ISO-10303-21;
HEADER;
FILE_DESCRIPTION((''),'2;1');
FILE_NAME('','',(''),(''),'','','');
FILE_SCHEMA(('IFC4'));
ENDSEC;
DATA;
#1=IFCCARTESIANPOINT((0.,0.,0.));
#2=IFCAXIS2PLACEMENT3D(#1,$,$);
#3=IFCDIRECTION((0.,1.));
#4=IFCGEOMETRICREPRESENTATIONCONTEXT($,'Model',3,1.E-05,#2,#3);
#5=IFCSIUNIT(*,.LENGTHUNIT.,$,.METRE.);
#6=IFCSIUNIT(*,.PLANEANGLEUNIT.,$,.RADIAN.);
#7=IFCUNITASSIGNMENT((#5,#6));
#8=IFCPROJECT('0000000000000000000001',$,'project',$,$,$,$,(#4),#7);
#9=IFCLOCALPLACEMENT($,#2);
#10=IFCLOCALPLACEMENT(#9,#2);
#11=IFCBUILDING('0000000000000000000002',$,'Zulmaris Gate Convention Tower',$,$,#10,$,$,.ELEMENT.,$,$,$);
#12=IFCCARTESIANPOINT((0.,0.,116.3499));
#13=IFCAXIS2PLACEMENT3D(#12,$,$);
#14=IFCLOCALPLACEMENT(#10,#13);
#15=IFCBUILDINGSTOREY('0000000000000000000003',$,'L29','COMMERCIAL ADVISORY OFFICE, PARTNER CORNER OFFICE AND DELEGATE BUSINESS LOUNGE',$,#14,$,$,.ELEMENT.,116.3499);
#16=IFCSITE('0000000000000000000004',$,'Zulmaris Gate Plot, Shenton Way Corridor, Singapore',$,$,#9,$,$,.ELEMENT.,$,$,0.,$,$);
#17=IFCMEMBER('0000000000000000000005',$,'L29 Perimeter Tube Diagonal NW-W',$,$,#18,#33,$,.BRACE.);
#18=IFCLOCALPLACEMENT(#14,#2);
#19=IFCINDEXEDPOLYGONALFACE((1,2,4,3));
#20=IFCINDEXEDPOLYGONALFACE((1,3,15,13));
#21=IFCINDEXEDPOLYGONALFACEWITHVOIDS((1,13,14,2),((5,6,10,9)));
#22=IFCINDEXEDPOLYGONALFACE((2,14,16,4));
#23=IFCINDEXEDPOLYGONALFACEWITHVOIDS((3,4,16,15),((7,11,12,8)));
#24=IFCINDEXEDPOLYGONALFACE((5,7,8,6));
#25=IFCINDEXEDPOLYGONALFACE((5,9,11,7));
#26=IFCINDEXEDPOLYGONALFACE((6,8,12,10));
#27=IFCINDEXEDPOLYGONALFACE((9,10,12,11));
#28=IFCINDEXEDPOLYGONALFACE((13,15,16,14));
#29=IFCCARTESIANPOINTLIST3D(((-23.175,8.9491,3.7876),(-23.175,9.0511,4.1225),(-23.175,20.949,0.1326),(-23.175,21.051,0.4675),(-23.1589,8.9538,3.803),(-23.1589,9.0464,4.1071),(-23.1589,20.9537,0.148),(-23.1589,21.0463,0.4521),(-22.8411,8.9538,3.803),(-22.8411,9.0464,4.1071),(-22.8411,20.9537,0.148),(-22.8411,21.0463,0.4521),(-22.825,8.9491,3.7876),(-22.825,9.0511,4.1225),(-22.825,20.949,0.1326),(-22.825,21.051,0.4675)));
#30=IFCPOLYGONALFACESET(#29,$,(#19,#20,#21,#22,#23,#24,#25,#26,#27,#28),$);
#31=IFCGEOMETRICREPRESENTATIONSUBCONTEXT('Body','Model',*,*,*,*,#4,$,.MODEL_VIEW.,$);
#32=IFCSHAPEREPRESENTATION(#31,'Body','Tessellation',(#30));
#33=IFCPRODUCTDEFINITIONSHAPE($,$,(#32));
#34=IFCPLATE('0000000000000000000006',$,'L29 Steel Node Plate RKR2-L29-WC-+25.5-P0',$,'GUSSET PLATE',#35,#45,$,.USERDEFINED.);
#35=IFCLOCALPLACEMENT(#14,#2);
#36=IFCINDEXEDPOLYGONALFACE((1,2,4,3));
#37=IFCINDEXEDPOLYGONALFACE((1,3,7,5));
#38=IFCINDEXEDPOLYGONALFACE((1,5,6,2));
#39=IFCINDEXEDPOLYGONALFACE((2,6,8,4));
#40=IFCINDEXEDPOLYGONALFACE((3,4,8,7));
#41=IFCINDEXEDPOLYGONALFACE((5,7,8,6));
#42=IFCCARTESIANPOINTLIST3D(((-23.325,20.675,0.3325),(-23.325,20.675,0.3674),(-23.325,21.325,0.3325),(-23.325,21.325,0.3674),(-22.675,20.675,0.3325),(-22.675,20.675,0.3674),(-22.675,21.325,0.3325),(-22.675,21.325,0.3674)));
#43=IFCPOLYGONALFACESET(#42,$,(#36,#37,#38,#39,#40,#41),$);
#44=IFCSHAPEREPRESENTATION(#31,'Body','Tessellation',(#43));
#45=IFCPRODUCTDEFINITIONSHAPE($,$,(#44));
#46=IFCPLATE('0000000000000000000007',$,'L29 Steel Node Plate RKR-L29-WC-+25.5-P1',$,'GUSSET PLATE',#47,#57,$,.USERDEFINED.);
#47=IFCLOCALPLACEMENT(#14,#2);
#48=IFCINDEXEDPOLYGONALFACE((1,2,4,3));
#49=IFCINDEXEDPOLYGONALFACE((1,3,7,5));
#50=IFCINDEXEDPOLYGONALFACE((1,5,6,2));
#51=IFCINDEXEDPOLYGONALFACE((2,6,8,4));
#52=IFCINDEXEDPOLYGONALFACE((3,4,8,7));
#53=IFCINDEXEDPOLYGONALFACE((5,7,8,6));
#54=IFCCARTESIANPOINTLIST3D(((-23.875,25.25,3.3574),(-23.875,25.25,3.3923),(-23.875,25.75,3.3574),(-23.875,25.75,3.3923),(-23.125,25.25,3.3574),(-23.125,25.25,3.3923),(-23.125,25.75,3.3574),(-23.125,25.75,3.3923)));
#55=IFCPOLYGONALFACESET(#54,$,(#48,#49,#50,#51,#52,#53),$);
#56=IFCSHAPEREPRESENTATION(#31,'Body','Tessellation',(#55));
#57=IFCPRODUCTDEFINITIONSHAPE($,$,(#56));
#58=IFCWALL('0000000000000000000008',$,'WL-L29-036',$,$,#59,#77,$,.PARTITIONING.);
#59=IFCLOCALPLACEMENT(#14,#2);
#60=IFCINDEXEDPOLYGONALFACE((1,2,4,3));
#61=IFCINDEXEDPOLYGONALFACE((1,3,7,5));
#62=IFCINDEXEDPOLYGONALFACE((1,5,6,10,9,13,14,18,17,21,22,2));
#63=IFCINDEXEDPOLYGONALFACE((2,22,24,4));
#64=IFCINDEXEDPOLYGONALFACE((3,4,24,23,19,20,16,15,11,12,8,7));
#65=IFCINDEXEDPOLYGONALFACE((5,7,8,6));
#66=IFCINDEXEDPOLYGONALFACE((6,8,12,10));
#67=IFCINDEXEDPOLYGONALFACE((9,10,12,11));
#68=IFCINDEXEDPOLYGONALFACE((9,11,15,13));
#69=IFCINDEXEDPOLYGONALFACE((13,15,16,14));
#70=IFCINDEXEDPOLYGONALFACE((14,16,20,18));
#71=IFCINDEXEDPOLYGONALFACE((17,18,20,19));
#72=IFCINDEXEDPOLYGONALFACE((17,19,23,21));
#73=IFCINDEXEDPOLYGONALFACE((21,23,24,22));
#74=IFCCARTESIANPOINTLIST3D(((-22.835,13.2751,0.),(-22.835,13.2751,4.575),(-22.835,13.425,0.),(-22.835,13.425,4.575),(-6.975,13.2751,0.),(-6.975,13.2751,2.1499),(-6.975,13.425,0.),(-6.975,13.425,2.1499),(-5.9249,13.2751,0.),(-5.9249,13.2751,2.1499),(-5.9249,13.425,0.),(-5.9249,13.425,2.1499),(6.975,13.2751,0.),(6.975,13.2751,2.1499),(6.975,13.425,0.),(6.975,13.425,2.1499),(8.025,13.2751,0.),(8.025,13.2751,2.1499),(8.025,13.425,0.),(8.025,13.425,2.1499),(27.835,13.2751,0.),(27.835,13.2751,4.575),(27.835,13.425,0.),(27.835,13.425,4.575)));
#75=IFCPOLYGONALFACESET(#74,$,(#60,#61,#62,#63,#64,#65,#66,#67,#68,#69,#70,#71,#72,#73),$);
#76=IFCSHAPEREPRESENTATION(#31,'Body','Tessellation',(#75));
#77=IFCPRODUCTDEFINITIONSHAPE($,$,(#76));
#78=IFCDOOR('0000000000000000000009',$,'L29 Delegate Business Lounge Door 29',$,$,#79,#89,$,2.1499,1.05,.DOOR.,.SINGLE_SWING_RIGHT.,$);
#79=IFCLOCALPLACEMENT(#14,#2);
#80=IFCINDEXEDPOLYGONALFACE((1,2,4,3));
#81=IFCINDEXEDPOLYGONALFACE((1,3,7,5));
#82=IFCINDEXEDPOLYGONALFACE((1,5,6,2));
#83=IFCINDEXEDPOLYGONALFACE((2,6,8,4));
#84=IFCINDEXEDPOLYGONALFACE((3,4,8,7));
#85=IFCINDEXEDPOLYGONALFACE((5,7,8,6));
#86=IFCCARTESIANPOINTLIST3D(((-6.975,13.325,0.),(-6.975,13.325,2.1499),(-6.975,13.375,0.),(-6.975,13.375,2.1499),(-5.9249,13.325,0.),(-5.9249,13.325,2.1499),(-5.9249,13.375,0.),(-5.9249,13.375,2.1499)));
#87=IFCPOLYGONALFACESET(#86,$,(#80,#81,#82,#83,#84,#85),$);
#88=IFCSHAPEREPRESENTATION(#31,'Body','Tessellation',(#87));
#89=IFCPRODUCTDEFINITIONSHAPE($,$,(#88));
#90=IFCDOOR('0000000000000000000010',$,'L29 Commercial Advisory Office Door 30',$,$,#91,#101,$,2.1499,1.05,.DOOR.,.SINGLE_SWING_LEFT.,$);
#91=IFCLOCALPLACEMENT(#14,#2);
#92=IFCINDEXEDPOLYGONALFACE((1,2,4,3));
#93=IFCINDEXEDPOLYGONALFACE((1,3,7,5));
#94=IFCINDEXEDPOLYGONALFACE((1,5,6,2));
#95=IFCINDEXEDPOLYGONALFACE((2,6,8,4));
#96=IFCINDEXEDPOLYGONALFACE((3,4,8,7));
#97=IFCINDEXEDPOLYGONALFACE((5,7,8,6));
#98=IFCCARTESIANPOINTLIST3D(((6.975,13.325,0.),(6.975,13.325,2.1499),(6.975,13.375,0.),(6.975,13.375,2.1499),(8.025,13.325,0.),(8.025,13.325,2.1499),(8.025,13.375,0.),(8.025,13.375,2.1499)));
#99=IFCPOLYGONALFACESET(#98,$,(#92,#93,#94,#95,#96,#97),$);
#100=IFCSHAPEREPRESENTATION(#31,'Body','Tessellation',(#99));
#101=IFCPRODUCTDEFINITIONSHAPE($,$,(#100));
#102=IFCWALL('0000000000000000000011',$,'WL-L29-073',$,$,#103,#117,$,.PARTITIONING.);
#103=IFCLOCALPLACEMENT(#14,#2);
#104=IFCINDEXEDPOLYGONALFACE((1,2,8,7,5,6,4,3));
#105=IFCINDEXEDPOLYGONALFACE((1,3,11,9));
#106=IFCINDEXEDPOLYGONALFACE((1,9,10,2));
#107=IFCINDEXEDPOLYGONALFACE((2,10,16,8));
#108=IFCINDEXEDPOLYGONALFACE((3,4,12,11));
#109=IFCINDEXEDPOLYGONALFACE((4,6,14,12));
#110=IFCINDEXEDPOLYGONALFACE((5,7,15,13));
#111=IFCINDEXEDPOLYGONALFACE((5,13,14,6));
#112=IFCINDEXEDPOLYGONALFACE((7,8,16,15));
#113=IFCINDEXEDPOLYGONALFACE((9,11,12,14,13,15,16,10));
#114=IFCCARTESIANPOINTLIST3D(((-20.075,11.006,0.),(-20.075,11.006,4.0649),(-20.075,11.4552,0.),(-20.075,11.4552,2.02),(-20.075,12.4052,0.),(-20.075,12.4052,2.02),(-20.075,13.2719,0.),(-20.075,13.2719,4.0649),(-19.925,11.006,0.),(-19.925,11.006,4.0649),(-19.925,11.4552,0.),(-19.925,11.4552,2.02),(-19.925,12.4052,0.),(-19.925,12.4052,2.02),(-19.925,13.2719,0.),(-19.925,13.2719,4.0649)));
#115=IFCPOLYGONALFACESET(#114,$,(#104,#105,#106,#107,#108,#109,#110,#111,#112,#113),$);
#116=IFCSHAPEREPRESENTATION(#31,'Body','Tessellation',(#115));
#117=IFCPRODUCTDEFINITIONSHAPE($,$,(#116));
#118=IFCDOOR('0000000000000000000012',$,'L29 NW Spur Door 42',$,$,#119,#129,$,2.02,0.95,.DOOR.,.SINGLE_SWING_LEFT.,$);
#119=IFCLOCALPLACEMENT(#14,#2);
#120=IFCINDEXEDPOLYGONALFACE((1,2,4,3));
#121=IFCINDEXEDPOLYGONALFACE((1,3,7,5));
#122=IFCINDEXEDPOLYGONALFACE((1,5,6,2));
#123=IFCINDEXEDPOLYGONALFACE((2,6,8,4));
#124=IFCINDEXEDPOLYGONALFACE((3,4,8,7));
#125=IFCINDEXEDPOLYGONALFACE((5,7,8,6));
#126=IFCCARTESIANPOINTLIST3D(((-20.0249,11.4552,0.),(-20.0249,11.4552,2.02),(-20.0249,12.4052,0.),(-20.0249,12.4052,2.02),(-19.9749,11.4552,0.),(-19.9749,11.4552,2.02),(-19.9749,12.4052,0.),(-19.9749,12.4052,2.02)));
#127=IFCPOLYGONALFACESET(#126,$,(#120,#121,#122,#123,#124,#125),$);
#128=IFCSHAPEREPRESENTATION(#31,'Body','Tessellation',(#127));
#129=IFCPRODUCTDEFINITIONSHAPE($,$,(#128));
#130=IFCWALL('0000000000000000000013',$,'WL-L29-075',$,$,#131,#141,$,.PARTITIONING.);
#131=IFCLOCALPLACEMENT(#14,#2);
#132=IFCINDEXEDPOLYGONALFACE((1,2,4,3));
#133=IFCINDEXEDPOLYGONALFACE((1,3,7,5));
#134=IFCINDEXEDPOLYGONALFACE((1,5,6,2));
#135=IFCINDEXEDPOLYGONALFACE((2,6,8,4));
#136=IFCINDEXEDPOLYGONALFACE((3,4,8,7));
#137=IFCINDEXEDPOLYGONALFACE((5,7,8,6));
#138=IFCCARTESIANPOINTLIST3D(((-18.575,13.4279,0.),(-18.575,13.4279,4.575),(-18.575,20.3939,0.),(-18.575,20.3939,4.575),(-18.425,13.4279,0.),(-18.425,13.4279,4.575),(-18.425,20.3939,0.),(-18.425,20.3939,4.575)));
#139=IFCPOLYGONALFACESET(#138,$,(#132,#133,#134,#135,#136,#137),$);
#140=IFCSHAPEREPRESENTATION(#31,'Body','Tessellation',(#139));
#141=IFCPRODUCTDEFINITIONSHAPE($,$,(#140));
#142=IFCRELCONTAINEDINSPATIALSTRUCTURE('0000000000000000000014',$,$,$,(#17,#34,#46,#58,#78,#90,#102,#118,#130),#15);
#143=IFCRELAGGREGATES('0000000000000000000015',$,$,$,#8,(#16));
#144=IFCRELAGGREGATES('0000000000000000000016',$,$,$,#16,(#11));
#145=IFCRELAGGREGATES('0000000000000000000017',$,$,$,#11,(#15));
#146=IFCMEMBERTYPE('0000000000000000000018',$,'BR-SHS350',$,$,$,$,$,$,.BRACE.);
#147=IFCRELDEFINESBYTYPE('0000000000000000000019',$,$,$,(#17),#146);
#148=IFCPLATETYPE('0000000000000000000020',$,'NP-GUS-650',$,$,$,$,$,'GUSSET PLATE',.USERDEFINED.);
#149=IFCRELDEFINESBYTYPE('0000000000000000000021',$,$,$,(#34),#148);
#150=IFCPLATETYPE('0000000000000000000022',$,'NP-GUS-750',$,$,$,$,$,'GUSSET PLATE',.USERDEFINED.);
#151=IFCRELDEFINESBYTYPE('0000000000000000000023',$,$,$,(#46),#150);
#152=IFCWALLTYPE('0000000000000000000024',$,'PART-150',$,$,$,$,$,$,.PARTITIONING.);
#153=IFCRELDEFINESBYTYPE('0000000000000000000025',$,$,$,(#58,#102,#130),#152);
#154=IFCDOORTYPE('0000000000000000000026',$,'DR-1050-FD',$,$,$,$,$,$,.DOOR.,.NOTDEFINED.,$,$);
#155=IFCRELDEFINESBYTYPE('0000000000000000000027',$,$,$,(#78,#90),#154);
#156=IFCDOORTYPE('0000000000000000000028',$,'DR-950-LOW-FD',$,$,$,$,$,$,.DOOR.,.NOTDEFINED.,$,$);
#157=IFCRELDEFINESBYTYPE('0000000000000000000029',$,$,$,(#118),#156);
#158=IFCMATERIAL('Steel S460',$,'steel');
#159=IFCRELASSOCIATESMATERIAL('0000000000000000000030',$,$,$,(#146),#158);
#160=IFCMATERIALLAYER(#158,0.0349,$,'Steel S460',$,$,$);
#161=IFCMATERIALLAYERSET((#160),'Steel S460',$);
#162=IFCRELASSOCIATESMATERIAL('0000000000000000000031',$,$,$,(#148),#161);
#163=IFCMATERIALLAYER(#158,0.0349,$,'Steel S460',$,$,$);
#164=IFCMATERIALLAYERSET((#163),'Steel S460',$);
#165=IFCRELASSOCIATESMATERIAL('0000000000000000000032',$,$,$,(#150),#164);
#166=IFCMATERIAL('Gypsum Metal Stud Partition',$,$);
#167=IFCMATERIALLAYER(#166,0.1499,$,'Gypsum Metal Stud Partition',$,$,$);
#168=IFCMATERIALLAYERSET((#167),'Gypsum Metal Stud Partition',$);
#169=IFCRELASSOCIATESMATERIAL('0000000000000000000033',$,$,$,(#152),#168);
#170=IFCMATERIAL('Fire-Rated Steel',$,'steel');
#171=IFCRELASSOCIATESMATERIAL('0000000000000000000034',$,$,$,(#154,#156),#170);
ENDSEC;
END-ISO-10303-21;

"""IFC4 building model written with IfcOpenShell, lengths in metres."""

from ifc_helpers import new_model, si_unit, direction, frame, frame_2d, origin, origin_2d, place, context, subcontext, project, spatial, rectangle, hollow_rectangle, extrude, material, layer, layer_set, material_profile, profile_set, type_object, element, fill, save


model = new_model("IFC4")

# Units and contexts
model_context = context("Model", 3, precision=1e-05, world=origin(), true_north=direction((0.0, 1.0)))
body_context = subcontext(model_context, "Body", "Model", "MODEL_VIEW")
ifc_project = project(units=[si_unit("LENGTHUNIT", "METRE"), si_unit("PLANEANGLEUNIT", "RADIAN")], contexts=[model_context])

# Site, building, storey
site_placement = place(None, origin())
site = spatial("IfcSite", under=ifc_project, at=site_placement, Name="Zulmaris Gate Plot, Shenton Way Corridor, Singapore", CompositionType="ELEMENT", RefElevation=0.0)
building_placement = place(site_placement, origin())
building = spatial("IfcBuilding", under=site, at=building_placement, Name="Zulmaris Gate Convention Tower", CompositionType="ELEMENT")
storey_placement = place(building_placement, frame((0.0, 0.0, 116.3499)))
storey = spatial("IfcBuildingStorey", under=building, at=storey_placement, Name="L29", Description="COMMERCIAL ADVISORY OFFICE, PARTNER CORNER OFFICE AND DELEGATE BUSINESS LOUNGE", CompositionType="ELEMENT", Elevation=116.3499)

# Member
ifc_material_1 = material(Name="Steel S460", Category="steel")
ifc_material_profile_1 = material_profile(ifc_material_1, hollow_rectangle(XDim=0.3501, YDim=0.3501, WallThickness=0.0161, at=origin_2d()), Name="SHS 350x350x16")
ifc_profile_set_1 = profile_set([ifc_material_profile_1], Name="Steel S460")
member_type_1 = type_object("IfcMemberType", Name="BR-SHS350", PredefinedType="BRACE", material=ifc_profile_set_1)
member_1_placement = place(storey_placement, frame((-23.0, 21.0, 0.3), z_axis=(0.0, -0.95661, 0.29137), x_axis=(1.0, 0.0, 0.0)))
element("IfcMember", 1, at=member_1_placement, inside=storey, type_object=member_type_1, Name="L29 Perimeter Tube Diagonal NW-W", PredefinedType="BRACE", context=body_context, shape_type="SweptSolid", body=[
    extrude(hollow_rectangle(XDim=0.3501, YDim=0.3501, WallThickness=0.0161, at=origin_2d()), origin(), (0.0, 0.0, 1.0), 12.5442),
])

# Plates
ifc_layer_1 = layer(ifc_material_1, 0.0349, Name="Steel S460")
ifc_layer_set_1 = layer_set([ifc_layer_1], Name="Steel S460")
plate_type_1 = type_object("IfcPlateType", Name="NP-GUS-650", ElementType="GUSSET PLATE", PredefinedType="USERDEFINED", material=ifc_layer_set_1)
plate_1_placement = place(storey_placement, frame((-23.0, 21.0, 0.3325), z_axis=(0.0, 0.0, 1.0), x_axis=(1.0, 0.0, 0.0)))
element("IfcPlate", 2, at=plate_1_placement, inside=storey, type_object=plate_type_1, Name="L29 Steel Node Plate RKR2-L29-WC-+25.5-P0", ObjectType="GUSSET PLATE", PredefinedType="USERDEFINED", context=body_context, shape_type="SweptSolid", body=[
    extrude(rectangle(XDim=0.6499, YDim=0.6499, at=origin_2d()), origin(), (0.0, 0.0, 1.0), 0.0349),
])
ifc_layer_2 = layer(ifc_material_1, 0.0349, Name="Steel S460")
ifc_layer_set_2 = layer_set([ifc_layer_2], Name="Steel S460")
plate_type_2 = type_object("IfcPlateType", Name="NP-GUS-750", ElementType="GUSSET PLATE", PredefinedType="USERDEFINED", material=ifc_layer_set_2)
plate_2_placement = place(storey_placement, frame((-23.5, 25.5, 3.3574), z_axis=(0.0, 0.0, 1.0), x_axis=(1.0, 0.0, 0.0)))
element("IfcPlate", 3, at=plate_2_placement, inside=storey, type_object=plate_type_2, Name="L29 Steel Node Plate RKR-L29-WC-+25.5-P1", ObjectType="GUSSET PLATE", PredefinedType="USERDEFINED", context=body_context, shape_type="SweptSolid", body=[
    extrude(rectangle(XDim=0.75, YDim=0.5, at=origin_2d()), origin(), (0.0, 0.0, 1.0), 0.0349),
])

# Wall, openings, doors
ifc_material_2 = material(Name="Gypsum Metal Stud Partition")
ifc_layer_3 = layer(ifc_material_2, 0.1499, Name="Gypsum Metal Stud Partition")
ifc_layer_set_3 = layer_set([ifc_layer_3], Name="Gypsum Metal Stud Partition")
wall_type_1 = type_object("IfcWallType", Name="PART-150", PredefinedType="PARTITIONING", material=ifc_layer_set_3)
wall_1_placement = place(storey_placement, frame((-22.835, 13.3501, 0.0), z_axis=(0.0, 0.0, 1.0), x_axis=(1.0, 0.0, 0.0)))
wall_1 = element("IfcWall", 4, at=wall_1_placement, inside=storey, type_object=wall_type_1, Name="WL-L29-036", PredefinedType="PARTITIONING", context=body_context, shape_type="SweptSolid", body=[
    extrude(rectangle(XDim=50.6699, YDim=0.1499, at=frame_2d((25.335, 0.0))), origin(), (0.0, 0.0, 1.0), 4.575),
])
opening_1_placement = place(wall_1_placement, frame((15.8601, 0.0, 0.0)))
opening_1 = element("IfcOpeningElement", 5, at=opening_1_placement, cuts=wall_1, PredefinedType="OPENING", context=body_context, shape_type="SweptSolid", body=[
    extrude(rectangle(XDim=1.05, YDim=2.1499, at=frame_2d((0.5249, 1.075))), frame((0.0, 0.085, 0.0), z_axis=(0.0, -1.0, 0.0), x_axis=(1.0, 0.0, 0.0)), (0.0, 0.0, 1.0), 0.1699),
])
opening_2_placement = place(wall_1_placement, frame((29.8101, 0.0, 0.0)))
opening_2 = element("IfcOpeningElement", 6, at=opening_2_placement, cuts=wall_1, PredefinedType="OPENING", context=body_context, shape_type="SweptSolid", body=[
    extrude(rectangle(XDim=1.05, YDim=2.1499, at=frame_2d((0.5249, 1.075))), frame((0.0, 0.085, 0.0), z_axis=(0.0, -1.0, 0.0), x_axis=(1.0, 0.0, 0.0)), (0.0, 0.0, 1.0), 0.1699),
])
ifc_material_3 = material(Name="Fire-Rated Steel", Category="steel")
door_type_1 = type_object("IfcDoorType", Name="DR-1050-FD", OperationType="NOTDEFINED", PredefinedType="DOOR", material=ifc_material_3)
door_1_placement = place(opening_1_placement, origin())
door_1 = element("IfcDoor", 7, at=door_1_placement, inside=storey, type_object=door_type_1, Name="L29 Delegate Business Lounge Door 29", OperationType="SINGLE_SWING_RIGHT", OverallHeight=2.1499, OverallWidth=1.05, PredefinedType="DOOR", context=body_context, shape_type="SweptSolid", body=[
    extrude(rectangle(XDim=1.05, YDim=2.1499, at=frame_2d((0.5249, 1.075))), frame((0.0, 0.0249, 0.0), z_axis=(0.0, -1.0, 0.0), x_axis=(1.0, 0.0, 0.0)), (0.0, 0.0, 1.0), 0.05),
])
fill(opening_1, door_1)
door_2_placement = place(opening_2_placement, origin())
door_2 = element("IfcDoor", 8, at=door_2_placement, inside=storey, type_object=door_type_1, Name="L29 Commercial Advisory Office Door 30", OperationType="SINGLE_SWING_LEFT", OverallHeight=2.1499, OverallWidth=1.05, PredefinedType="DOOR", context=body_context, shape_type="SweptSolid", body=[
    extrude(rectangle(XDim=1.05, YDim=2.1499, at=frame_2d((0.5249, 1.075))), frame((0.0, 0.0249, 0.0), z_axis=(0.0, -1.0, 0.0), x_axis=(1.0, 0.0, 0.0)), (0.0, 0.0, 1.0), 0.05),
])
fill(opening_2, door_2)

# Wall, opening, door
wall_2_placement = place(storey_placement, frame((-20.0, 11.0061, 0.0), z_axis=(0.0, 0.0, 1.0), x_axis=(0.0, 1.0, 0.0)))
wall_2 = element("IfcWall", 9, at=wall_2_placement, inside=storey, type_object=wall_type_1, Name="WL-L29-073", PredefinedType="PARTITIONING", context=body_context, shape_type="SweptSolid", body=[
    extrude(rectangle(XDim=2.2659, YDim=0.1499, at=frame_2d((1.1328, 0.0))), origin(), (0.0, 0.0, 1.0), 4.0649),
])
opening_3_placement = place(wall_2_placement, frame((0.449, 0.0, 0.0)))
opening_3 = element("IfcOpeningElement", 10, at=opening_3_placement, cuts=wall_2, PredefinedType="OPENING", context=body_context, shape_type="SweptSolid", body=[
    extrude(rectangle(XDim=0.95, YDim=2.02, at=frame_2d((0.4751, 1.01))), frame((0.0, 0.085, 0.0), z_axis=(0.0, -1.0, 0.0), x_axis=(1.0, 0.0, 0.0)), (0.0, 0.0, 1.0), 0.1699),
])
door_type_2 = type_object("IfcDoorType", Name="DR-950-LOW-FD", OperationType="NOTDEFINED", PredefinedType="DOOR", material=ifc_material_3)
door_3_placement = place(opening_3_placement, origin())
door_3 = element("IfcDoor", 11, at=door_3_placement, inside=storey, type_object=door_type_2, Name="L29 NW Spur Door 42", OperationType="SINGLE_SWING_LEFT", OverallHeight=2.02, OverallWidth=0.95, PredefinedType="DOOR", context=body_context, shape_type="SweptSolid", body=[
    extrude(rectangle(XDim=0.95, YDim=2.02, at=frame_2d((0.4751, 1.01))), frame((0.0, 0.0249, 0.0), z_axis=(0.0, -1.0, 0.0), x_axis=(1.0, 0.0, 0.0)), (0.0, 0.0, 1.0), 0.05),
])
fill(opening_3, door_3)

# Wall
wall_3_placement = place(storey_placement, frame((-18.5, 13.428, 0.0), z_axis=(0.0, 0.0, 1.0), x_axis=(0.0, 1.0, 0.0)))
element("IfcWall", 12, at=wall_3_placement, inside=storey, type_object=wall_type_1, Name="WL-L29-075", PredefinedType="PARTITIONING", context=body_context, shape_type="SweptSolid", body=[
    extrude(rectangle(XDim=6.9661, YDim=0.1499, at=frame_2d((3.4829, 0.0))), origin(), (0.0, 0.0, 1.0), 4.575),
])

save(model, "model.ifc")
